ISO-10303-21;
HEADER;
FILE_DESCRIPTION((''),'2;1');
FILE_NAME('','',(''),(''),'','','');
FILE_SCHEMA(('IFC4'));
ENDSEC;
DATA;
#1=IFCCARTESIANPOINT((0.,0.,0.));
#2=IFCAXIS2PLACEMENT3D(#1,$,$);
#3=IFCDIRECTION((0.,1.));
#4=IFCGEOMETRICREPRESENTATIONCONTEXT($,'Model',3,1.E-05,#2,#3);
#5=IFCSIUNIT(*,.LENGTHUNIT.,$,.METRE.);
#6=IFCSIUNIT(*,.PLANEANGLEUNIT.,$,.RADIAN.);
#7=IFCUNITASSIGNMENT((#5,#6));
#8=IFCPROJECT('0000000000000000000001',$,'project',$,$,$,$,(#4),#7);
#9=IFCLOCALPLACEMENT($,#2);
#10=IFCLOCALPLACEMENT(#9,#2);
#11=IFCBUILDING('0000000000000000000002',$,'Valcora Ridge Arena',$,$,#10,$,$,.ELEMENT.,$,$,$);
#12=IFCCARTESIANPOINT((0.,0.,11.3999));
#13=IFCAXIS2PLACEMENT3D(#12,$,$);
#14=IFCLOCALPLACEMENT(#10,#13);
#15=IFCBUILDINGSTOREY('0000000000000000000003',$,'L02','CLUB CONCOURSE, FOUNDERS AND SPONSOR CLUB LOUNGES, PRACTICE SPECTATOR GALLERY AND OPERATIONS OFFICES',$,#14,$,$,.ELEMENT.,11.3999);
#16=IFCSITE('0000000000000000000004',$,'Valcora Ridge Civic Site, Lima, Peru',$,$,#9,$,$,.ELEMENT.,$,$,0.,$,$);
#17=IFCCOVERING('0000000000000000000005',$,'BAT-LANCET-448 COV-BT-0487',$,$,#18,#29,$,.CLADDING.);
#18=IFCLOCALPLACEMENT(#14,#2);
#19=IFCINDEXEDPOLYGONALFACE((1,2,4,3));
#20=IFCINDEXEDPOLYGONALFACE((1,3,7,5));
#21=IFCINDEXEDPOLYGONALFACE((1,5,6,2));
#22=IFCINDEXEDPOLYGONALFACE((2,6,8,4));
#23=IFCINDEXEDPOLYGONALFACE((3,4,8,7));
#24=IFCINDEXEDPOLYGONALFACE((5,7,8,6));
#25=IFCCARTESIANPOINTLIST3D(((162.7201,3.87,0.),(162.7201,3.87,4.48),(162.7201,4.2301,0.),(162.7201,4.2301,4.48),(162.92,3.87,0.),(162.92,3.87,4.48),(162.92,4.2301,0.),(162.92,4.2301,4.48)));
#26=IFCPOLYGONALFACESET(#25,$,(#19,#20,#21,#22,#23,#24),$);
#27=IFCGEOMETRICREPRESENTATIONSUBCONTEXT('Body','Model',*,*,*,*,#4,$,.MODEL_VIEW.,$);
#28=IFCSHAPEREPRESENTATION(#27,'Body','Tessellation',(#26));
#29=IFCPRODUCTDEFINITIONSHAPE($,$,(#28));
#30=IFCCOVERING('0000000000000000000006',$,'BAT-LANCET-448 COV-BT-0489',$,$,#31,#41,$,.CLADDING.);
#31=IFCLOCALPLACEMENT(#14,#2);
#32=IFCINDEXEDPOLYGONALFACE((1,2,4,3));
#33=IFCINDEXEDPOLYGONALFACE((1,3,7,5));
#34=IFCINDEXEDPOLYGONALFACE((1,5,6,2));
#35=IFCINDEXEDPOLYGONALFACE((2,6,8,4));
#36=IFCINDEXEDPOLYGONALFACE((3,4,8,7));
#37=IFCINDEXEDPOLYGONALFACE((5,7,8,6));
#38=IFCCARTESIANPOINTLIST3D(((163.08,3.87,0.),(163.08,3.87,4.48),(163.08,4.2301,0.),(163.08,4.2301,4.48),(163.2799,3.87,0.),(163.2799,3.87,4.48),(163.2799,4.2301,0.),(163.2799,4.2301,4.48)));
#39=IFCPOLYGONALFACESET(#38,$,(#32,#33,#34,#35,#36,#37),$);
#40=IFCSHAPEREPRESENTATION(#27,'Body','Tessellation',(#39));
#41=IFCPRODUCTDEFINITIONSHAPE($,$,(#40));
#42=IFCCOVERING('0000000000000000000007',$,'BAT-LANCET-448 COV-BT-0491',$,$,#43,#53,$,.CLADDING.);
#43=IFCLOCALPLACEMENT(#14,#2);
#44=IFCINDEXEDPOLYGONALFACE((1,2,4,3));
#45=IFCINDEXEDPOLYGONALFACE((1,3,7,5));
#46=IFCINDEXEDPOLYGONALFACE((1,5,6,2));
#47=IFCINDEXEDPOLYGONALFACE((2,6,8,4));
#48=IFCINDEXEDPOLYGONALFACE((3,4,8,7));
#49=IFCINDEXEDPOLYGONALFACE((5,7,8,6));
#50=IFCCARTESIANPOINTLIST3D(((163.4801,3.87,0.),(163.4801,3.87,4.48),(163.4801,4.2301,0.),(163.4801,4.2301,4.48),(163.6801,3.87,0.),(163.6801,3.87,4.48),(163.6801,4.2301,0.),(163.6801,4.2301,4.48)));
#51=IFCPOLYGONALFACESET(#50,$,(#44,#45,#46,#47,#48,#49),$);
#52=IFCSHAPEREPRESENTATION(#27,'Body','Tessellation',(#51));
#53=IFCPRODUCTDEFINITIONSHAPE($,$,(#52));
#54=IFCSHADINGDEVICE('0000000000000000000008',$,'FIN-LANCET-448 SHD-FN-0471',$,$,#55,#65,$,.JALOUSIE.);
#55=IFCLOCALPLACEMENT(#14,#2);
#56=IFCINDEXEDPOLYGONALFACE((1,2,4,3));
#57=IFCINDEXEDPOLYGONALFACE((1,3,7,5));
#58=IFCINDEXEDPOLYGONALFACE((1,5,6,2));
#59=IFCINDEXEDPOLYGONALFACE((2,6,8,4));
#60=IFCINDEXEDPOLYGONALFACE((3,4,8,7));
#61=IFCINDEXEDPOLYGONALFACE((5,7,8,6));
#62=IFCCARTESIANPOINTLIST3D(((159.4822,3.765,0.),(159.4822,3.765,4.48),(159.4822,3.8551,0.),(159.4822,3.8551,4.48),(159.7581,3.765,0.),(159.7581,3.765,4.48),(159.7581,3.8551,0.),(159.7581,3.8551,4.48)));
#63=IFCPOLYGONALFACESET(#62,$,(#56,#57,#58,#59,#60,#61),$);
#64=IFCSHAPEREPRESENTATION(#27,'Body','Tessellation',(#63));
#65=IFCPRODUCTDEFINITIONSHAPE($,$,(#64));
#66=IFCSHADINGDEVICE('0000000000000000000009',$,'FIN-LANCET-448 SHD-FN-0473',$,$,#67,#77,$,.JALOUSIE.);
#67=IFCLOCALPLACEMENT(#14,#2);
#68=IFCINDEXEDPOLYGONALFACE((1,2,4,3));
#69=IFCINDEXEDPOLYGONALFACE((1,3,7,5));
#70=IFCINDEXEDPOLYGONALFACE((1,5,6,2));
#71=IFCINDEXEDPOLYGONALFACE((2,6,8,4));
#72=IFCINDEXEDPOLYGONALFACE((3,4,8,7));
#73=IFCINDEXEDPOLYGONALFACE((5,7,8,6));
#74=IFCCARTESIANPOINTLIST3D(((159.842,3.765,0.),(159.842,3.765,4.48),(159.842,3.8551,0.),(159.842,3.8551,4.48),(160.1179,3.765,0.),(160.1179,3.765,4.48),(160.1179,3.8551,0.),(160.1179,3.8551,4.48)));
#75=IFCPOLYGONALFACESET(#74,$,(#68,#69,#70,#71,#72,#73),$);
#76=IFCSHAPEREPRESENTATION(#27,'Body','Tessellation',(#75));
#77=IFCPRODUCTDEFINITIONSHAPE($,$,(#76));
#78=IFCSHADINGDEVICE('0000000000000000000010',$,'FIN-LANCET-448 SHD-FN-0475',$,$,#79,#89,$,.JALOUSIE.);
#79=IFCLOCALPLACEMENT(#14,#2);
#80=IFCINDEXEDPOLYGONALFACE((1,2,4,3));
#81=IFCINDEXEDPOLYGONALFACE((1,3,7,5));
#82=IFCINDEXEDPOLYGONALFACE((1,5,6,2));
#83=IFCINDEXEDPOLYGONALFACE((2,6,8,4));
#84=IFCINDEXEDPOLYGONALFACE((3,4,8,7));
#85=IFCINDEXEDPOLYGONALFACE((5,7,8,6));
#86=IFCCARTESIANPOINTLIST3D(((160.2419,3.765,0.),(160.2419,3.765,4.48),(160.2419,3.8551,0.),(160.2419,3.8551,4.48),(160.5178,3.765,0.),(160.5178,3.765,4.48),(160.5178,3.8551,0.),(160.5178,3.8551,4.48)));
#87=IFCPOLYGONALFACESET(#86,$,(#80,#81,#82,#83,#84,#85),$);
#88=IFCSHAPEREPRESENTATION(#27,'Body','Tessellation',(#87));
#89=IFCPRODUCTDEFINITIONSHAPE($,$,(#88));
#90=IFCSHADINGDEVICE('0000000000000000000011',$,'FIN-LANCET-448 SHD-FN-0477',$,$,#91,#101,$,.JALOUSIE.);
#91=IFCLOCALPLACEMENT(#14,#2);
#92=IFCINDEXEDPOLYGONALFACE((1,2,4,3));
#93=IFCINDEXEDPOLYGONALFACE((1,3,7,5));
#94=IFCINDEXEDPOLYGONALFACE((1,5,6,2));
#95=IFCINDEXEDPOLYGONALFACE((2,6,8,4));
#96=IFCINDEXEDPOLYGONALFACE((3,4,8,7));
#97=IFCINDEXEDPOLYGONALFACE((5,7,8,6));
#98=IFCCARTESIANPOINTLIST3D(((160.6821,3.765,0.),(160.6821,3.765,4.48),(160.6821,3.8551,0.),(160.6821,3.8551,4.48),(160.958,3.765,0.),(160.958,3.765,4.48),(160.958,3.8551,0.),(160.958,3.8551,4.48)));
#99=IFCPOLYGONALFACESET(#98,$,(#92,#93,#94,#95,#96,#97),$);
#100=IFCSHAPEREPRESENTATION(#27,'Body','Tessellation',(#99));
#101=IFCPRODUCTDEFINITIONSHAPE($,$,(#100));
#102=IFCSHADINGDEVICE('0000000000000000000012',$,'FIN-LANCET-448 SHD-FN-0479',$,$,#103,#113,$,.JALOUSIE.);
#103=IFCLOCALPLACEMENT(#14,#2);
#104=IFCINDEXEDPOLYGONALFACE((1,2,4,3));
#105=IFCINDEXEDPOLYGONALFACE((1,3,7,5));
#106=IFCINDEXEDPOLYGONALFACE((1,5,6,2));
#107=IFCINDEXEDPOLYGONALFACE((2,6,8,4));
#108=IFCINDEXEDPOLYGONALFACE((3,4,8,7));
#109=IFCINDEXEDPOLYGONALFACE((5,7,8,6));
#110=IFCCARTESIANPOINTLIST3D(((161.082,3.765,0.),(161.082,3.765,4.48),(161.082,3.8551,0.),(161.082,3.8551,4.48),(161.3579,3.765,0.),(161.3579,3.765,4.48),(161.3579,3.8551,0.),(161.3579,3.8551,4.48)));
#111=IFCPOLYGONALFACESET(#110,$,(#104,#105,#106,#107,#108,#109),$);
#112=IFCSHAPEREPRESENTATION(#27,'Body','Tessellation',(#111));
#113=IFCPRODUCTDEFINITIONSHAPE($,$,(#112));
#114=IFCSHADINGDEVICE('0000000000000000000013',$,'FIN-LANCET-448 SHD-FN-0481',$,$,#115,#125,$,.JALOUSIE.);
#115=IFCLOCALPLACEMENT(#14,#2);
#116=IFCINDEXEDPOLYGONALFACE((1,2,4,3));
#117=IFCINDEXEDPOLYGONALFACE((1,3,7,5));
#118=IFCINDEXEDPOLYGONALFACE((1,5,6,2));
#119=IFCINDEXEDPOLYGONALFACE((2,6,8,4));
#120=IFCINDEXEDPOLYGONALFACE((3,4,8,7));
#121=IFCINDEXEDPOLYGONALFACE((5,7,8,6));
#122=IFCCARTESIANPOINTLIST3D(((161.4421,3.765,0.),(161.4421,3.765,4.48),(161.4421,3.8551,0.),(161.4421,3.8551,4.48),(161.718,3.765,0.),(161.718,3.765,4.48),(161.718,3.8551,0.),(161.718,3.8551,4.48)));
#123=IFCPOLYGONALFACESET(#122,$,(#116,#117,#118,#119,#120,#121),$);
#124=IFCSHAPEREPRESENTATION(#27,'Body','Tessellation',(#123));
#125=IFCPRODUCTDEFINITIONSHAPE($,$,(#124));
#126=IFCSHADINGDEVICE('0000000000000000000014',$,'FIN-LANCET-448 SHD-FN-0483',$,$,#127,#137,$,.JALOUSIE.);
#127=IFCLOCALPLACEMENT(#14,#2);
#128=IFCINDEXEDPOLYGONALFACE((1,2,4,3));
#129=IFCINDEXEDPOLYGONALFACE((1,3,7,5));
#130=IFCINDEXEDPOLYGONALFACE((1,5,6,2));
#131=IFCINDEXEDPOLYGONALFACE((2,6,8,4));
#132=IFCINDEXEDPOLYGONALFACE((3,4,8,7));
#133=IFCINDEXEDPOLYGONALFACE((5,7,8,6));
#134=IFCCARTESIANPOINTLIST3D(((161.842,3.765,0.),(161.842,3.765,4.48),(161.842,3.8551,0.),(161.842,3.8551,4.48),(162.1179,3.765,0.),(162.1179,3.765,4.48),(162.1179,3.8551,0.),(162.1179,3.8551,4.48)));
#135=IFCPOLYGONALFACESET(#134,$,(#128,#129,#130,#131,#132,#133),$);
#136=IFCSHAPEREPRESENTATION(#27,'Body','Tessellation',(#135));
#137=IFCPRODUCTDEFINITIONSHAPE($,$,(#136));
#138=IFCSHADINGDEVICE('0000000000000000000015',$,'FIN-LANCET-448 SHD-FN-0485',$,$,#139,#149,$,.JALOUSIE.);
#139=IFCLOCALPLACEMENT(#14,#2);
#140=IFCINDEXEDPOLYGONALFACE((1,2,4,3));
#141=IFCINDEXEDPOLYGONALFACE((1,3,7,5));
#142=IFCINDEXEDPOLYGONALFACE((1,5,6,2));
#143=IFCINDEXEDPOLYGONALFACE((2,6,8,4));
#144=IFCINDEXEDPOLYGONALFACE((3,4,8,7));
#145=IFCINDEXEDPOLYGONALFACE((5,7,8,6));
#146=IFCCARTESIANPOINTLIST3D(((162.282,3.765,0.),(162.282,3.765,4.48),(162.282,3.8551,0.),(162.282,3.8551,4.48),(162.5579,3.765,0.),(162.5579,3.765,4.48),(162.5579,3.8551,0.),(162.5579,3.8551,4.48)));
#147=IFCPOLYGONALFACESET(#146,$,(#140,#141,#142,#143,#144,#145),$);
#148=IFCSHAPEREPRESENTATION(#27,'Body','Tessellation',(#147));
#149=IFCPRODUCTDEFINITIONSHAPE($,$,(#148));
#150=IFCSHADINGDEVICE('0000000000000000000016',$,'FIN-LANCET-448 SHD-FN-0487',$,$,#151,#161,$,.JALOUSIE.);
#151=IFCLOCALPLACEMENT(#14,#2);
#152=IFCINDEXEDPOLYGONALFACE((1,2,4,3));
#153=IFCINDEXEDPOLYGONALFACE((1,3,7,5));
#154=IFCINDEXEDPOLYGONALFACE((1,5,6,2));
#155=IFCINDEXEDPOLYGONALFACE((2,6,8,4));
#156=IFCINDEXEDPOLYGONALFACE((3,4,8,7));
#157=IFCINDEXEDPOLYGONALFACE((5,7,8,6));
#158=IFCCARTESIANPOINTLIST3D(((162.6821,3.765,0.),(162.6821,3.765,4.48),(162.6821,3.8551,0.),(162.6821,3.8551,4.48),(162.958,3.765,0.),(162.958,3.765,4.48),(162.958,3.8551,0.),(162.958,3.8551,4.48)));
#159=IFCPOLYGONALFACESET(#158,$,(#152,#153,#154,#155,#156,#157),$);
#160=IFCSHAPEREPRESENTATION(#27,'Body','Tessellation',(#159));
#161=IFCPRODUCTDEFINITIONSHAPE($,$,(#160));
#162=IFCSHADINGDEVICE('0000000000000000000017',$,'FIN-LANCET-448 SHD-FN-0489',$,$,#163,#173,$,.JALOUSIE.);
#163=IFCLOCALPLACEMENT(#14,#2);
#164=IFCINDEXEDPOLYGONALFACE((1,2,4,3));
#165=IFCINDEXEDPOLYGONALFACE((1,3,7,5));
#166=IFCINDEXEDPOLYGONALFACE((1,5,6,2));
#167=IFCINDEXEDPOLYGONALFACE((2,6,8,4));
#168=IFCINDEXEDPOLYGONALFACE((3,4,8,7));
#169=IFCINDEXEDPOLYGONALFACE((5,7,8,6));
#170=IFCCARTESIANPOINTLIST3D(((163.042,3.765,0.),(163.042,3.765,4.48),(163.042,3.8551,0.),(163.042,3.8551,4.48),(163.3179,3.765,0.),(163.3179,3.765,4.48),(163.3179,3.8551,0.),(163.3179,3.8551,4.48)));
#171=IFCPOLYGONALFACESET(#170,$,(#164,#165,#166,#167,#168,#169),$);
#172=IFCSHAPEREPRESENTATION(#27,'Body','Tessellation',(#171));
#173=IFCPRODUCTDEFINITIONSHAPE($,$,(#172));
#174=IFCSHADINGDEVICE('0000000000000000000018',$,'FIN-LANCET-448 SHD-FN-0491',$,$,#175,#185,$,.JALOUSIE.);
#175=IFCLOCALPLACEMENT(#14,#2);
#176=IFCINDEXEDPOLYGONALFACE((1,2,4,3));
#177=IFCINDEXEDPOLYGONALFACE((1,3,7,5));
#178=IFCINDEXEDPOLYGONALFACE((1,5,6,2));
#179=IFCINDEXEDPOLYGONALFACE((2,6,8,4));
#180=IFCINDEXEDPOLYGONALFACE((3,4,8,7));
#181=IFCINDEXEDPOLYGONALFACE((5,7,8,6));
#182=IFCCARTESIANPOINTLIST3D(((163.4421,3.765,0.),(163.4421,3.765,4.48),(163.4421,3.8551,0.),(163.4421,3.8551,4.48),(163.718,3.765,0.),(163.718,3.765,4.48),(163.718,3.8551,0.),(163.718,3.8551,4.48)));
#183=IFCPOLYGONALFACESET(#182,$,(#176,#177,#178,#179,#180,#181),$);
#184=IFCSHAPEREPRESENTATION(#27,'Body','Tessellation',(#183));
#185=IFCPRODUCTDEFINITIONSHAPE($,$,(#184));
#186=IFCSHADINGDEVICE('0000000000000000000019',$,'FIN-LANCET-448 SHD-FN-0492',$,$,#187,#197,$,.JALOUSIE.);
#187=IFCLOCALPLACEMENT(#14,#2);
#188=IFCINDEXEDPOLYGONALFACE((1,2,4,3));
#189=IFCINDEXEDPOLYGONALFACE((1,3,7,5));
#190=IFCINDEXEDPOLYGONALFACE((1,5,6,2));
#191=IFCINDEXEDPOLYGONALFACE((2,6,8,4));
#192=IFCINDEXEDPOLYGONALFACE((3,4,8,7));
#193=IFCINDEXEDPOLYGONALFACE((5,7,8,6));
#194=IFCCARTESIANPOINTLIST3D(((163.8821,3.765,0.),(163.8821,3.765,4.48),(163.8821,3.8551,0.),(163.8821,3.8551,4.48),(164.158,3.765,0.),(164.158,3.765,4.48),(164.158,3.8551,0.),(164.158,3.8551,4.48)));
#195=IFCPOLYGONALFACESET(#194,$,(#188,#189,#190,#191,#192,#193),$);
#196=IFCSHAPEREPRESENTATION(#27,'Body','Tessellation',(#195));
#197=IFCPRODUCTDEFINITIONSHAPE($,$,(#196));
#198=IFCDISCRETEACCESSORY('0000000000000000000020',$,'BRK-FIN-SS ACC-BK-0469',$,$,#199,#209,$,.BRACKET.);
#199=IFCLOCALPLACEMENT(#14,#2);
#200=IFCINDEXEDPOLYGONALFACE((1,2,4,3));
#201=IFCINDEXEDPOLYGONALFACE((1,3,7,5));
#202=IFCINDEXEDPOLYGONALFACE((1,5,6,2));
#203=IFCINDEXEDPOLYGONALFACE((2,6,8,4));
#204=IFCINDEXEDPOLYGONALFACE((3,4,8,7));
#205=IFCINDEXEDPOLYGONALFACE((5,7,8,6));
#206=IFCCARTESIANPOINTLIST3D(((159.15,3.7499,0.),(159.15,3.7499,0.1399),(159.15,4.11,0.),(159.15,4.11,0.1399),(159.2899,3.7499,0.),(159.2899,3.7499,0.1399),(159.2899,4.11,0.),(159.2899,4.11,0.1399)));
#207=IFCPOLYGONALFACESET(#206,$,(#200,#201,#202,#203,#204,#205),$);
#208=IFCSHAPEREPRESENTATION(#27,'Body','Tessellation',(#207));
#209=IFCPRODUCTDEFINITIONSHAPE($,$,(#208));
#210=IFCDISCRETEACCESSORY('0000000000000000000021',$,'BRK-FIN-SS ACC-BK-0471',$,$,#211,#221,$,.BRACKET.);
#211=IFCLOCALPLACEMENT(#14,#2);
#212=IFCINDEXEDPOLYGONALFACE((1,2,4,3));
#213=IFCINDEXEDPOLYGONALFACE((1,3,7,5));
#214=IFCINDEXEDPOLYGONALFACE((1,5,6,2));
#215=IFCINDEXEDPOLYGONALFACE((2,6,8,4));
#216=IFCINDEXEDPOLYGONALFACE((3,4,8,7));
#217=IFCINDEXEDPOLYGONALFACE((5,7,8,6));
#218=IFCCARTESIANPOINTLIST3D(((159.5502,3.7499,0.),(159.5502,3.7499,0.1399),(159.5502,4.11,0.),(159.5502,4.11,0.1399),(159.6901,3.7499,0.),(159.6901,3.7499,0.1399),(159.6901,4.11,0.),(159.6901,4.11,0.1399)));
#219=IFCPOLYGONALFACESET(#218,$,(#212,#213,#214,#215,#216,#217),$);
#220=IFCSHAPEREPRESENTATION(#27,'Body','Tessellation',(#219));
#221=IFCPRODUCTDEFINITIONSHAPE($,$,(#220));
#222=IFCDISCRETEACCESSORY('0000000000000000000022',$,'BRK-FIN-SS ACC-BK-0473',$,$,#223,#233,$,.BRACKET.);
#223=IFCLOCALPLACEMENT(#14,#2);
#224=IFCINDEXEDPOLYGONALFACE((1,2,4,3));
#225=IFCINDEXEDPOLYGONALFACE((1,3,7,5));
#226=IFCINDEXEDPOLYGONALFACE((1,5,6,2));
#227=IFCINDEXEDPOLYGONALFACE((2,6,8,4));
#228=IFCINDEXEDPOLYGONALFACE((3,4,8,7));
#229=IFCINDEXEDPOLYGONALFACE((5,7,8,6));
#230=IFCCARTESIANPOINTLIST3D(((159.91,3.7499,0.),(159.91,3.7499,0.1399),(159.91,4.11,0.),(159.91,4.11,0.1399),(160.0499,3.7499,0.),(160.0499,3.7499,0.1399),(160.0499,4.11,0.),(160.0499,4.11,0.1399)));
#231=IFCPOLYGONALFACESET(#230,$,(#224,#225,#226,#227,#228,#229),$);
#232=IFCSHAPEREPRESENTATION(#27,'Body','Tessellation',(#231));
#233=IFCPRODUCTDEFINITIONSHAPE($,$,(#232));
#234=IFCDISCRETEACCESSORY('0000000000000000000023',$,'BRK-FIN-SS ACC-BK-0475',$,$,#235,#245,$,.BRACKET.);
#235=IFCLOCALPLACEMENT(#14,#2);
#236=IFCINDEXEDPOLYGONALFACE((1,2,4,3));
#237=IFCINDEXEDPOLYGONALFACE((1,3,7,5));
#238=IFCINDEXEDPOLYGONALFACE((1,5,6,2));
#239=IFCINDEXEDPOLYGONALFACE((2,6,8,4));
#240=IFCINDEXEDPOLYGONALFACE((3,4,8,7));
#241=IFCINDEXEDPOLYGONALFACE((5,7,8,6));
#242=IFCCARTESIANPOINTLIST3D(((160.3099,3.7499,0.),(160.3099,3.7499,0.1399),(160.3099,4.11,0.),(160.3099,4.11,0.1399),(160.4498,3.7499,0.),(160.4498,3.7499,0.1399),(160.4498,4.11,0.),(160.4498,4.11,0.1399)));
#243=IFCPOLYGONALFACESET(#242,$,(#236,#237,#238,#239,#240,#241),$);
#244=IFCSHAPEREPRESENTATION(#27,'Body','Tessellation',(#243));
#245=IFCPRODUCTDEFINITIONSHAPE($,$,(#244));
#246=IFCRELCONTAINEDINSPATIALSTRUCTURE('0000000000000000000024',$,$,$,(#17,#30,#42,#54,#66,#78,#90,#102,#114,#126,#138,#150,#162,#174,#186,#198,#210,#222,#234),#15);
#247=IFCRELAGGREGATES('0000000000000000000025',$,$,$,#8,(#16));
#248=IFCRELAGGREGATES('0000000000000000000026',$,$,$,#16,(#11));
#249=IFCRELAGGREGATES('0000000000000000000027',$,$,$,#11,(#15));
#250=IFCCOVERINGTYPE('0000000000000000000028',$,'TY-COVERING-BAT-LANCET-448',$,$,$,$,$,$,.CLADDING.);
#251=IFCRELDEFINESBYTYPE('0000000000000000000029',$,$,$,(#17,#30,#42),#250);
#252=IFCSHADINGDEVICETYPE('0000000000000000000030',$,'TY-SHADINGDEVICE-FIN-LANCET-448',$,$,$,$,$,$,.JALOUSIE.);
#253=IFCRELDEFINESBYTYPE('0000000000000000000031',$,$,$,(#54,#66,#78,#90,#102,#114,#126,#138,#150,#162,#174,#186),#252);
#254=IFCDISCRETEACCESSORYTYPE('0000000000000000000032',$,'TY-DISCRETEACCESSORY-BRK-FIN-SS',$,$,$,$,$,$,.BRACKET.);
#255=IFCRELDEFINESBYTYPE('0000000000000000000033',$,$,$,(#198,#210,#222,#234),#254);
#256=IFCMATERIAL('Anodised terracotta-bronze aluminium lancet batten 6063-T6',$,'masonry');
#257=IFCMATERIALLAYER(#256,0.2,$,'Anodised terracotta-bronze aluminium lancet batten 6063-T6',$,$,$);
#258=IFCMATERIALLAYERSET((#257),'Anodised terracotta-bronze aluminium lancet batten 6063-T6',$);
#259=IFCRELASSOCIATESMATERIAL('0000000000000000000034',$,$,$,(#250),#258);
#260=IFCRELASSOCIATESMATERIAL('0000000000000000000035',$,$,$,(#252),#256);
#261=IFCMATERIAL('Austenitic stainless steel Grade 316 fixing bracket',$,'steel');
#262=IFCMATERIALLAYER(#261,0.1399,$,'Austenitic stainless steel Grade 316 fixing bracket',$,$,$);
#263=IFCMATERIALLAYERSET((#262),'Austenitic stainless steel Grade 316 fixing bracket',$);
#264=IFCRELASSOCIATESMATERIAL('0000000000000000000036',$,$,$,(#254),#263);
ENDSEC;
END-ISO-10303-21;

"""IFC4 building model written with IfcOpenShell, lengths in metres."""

from ifc_helpers import new_model, si_unit, direction, frame, origin, origin_2d, place, context, subcontext, project, spatial, rectangle, extrude, material, layer, layer_set, material_profile, profile_set, type_object, element, save


model = new_model("IFC4")

# Units and contexts
model_context = context("Model", 3, precision=1e-05, world=origin(), true_north=direction((0.0, 1.0)))
body_context = subcontext(model_context, "Body", "Model", "MODEL_VIEW")
ifc_project = project(units=[si_unit("LENGTHUNIT", "METRE"), si_unit("PLANEANGLEUNIT", "RADIAN")], contexts=[model_context])

# Site, building, storey
site_placement = place(None, origin())
site = spatial("IfcSite", under=ifc_project, at=site_placement, Name="Valcora Ridge Civic Site, Lima, Peru", CompositionType="ELEMENT", RefElevation=0.0)
building_placement = place(site_placement, origin())
building = spatial("IfcBuilding", under=site, at=building_placement, Name="Valcora Ridge Arena", CompositionType="ELEMENT")
storey_placement = place(building_placement, frame((0.0, 0.0, 11.3999)))
storey = spatial("IfcBuildingStorey", under=building, at=storey_placement, Name="L02", Description="CLUB CONCOURSE, FOUNDERS AND SPONSOR CLUB LOUNGES, PRACTICE SPECTATOR GALLERY AND OPERATIONS OFFICES", CompositionType="ELEMENT", Elevation=11.3999)

# Coverings
ifc_material_1 = material(Name="Anodised terracotta-bronze aluminium lancet batten 6063-T6", Category="masonry")
ifc_layer_1 = layer(ifc_material_1, 0.2, Name="Anodised terracotta-bronze aluminium lancet batten 6063-T6")
ifc_layer_set_1 = layer_set([ifc_layer_1], Name="Anodised terracotta-bronze aluminium lancet batten 6063-T6")
covering_type = type_object("IfcCoveringType", Name="TY-COVERING-BAT-LANCET-448", PredefinedType="CLADDING", material=ifc_layer_set_1)
for number, where, z_axis, x_axis, name in (
    (1, (162.8201, 4.05, 0.0), (0.0, 0.0, 1.0), (1.0, 0.0, 0.0), "BAT-LANCET-448 COV-BT-0487"),
    (2, (163.1799, 4.05, 0.0), (0.0, 0.0, 1.0), (1.0, 0.0, 0.0), "BAT-LANCET-448 COV-BT-0489"),
    (3, (163.5801, 4.05, 0.0), (0.0, 0.0, 1.0), (1.0, 0.0, 0.0), "BAT-LANCET-448 COV-BT-0491"),
):
    element("IfcCovering", number, at=place(storey_placement, frame(where, z_axis=z_axis, x_axis=x_axis)), inside=storey, type_object=covering_type, Name=name, PredefinedType="CLADDING", context=body_context, shape_type="SweptSolid", body=[
        extrude(rectangle(XDim=0.2, YDim=0.3601, at=origin_2d()), origin(), (0.0, 0.0, 1.0), 4.48),
    ])

# Shading devices
ifc_material_profile_1 = material_profile(ifc_material_1, rectangle(XDim=0.0901, YDim=0.2759, at=origin_2d()), Name="ALU LANCET BATTEN 90x276")
ifc_profile_set_1 = profile_set([ifc_material_profile_1], Name="Anodised terracotta-bronze aluminium lancet batten 6063-T6")
shading_device_type = type_object("IfcShadingDeviceType", Name="TY-SHADINGDEVICE-FIN-LANCET-448", PredefinedType="JALOUSIE", material=ifc_profile_set_1)
for number, where, z_axis, x_axis, name in (
    (4, (159.6201, 3.8101, 0.0), (0.0, 0.0, 1.0), (0.0, 1.0, 0.0), "FIN-LANCET-448 SHD-FN-0471"),
    (5, (159.98, 3.8101, 0.0), (0.0, 0.0, 1.0), (0.0, 1.0, 0.0), "FIN-LANCET-448 SHD-FN-0473"),
    (6, (160.3799, 3.8101, 0.0), (0.0, 0.0, 1.0), (0.0, 1.0, 0.0), "FIN-LANCET-448 SHD-FN-0475"),
    (7, (160.8201, 3.8101, 0.0), (0.0, 0.0, 1.0), (0.0, 1.0, 0.0), "FIN-LANCET-448 SHD-FN-0477"),
    (8, (161.22, 3.8101, 0.0), (0.0, 0.0, 1.0), (0.0, 1.0, 0.0), "FIN-LANCET-448 SHD-FN-0479"),
    (9, (161.5801, 3.8101, 0.0), (0.0, 0.0, 1.0), (0.0, 1.0, 0.0), "FIN-LANCET-448 SHD-FN-0481"),
    (10, (161.98, 3.8101, 0.0), (0.0, 0.0, 1.0), (0.0, 1.0, 0.0), "FIN-LANCET-448 SHD-FN-0483"),
    (11, (162.4199, 3.8101, 0.0), (0.0, 0.0, 1.0), (0.0, 1.0, 0.0), "FIN-LANCET-448 SHD-FN-0485"),
    (12, (162.8201, 3.8101, 0.0), (0.0, 0.0, 1.0), (0.0, 1.0, 0.0), "FIN-LANCET-448 SHD-FN-0487"),
    (13, (163.1799, 3.8101, 0.0), (0.0, 0.0, 1.0), (0.0, 1.0, 0.0), "FIN-LANCET-448 SHD-FN-0489"),
    (14, (163.5801, 3.8101, 0.0), (0.0, 0.0, 1.0), (0.0, 1.0, 0.0), "FIN-LANCET-448 SHD-FN-0491"),
    (15, (164.02, 3.8101, 0.0), (0.0, 0.0, 1.0), (0.0, 1.0, 0.0), "FIN-LANCET-448 SHD-FN-0492"),
):
    element("IfcShadingDevice", number, at=place(storey_placement, frame(where, z_axis=z_axis, x_axis=x_axis)), inside=storey, type_object=shading_device_type, Name=name, PredefinedType="JALOUSIE", context=body_context, shape_type="SweptSolid", body=[
        extrude(rectangle(XDim=0.0901, YDim=0.2759, at=origin_2d()), origin(), (0.0, 0.0, 1.0), 4.48),
    ])

# Discrete accessories
ifc_material_2 = material(Name="Austenitic stainless steel Grade 316 fixing bracket", Category="steel")
ifc_layer_2 = layer(ifc_material_2, 0.1399, Name="Austenitic stainless steel Grade 316 fixing bracket")
ifc_layer_set_2 = layer_set([ifc_layer_2], Name="Austenitic stainless steel Grade 316 fixing bracket")
discrete_accessory_type = type_object("IfcDiscreteAccessoryType", Name="TY-DISCRETEACCESSORY-BRK-FIN-SS", PredefinedType="BRACKET", material=ifc_layer_set_2)
for number, where, z_axis, x_axis, name in (
    (16, (159.22, 3.9299, 0.0), (0.0, 0.0, 1.0), (0.0, 1.0, 0.0), "BRK-FIN-SS ACC-BK-0469"),
    (17, (159.6201, 3.9299, 0.0), (0.0, 0.0, 1.0), (0.0, 1.0, 0.0), "BRK-FIN-SS ACC-BK-0471"),
    (18, (159.98, 3.9299, 0.0), (0.0, 0.0, 1.0), (0.0, 1.0, 0.0), "BRK-FIN-SS ACC-BK-0473"),
    (19, (160.3799, 3.9299, 0.0), (0.0, 0.0, 1.0), (0.0, 1.0, 0.0), "BRK-FIN-SS ACC-BK-0475"),
):
    element("IfcDiscreteAccessory", number, at=place(storey_placement, frame(where, z_axis=z_axis, x_axis=x_axis)), inside=storey, type_object=discrete_accessory_type, Name=name, PredefinedType="BRACKET", context=body_context, shape_type="SweptSolid", body=[
        extrude(rectangle(XDim=0.3601, YDim=0.1399, at=origin_2d()), origin(), (0.0, 0.0, 1.0), 0.1399),
    ])

save(model, "model.ifc")
